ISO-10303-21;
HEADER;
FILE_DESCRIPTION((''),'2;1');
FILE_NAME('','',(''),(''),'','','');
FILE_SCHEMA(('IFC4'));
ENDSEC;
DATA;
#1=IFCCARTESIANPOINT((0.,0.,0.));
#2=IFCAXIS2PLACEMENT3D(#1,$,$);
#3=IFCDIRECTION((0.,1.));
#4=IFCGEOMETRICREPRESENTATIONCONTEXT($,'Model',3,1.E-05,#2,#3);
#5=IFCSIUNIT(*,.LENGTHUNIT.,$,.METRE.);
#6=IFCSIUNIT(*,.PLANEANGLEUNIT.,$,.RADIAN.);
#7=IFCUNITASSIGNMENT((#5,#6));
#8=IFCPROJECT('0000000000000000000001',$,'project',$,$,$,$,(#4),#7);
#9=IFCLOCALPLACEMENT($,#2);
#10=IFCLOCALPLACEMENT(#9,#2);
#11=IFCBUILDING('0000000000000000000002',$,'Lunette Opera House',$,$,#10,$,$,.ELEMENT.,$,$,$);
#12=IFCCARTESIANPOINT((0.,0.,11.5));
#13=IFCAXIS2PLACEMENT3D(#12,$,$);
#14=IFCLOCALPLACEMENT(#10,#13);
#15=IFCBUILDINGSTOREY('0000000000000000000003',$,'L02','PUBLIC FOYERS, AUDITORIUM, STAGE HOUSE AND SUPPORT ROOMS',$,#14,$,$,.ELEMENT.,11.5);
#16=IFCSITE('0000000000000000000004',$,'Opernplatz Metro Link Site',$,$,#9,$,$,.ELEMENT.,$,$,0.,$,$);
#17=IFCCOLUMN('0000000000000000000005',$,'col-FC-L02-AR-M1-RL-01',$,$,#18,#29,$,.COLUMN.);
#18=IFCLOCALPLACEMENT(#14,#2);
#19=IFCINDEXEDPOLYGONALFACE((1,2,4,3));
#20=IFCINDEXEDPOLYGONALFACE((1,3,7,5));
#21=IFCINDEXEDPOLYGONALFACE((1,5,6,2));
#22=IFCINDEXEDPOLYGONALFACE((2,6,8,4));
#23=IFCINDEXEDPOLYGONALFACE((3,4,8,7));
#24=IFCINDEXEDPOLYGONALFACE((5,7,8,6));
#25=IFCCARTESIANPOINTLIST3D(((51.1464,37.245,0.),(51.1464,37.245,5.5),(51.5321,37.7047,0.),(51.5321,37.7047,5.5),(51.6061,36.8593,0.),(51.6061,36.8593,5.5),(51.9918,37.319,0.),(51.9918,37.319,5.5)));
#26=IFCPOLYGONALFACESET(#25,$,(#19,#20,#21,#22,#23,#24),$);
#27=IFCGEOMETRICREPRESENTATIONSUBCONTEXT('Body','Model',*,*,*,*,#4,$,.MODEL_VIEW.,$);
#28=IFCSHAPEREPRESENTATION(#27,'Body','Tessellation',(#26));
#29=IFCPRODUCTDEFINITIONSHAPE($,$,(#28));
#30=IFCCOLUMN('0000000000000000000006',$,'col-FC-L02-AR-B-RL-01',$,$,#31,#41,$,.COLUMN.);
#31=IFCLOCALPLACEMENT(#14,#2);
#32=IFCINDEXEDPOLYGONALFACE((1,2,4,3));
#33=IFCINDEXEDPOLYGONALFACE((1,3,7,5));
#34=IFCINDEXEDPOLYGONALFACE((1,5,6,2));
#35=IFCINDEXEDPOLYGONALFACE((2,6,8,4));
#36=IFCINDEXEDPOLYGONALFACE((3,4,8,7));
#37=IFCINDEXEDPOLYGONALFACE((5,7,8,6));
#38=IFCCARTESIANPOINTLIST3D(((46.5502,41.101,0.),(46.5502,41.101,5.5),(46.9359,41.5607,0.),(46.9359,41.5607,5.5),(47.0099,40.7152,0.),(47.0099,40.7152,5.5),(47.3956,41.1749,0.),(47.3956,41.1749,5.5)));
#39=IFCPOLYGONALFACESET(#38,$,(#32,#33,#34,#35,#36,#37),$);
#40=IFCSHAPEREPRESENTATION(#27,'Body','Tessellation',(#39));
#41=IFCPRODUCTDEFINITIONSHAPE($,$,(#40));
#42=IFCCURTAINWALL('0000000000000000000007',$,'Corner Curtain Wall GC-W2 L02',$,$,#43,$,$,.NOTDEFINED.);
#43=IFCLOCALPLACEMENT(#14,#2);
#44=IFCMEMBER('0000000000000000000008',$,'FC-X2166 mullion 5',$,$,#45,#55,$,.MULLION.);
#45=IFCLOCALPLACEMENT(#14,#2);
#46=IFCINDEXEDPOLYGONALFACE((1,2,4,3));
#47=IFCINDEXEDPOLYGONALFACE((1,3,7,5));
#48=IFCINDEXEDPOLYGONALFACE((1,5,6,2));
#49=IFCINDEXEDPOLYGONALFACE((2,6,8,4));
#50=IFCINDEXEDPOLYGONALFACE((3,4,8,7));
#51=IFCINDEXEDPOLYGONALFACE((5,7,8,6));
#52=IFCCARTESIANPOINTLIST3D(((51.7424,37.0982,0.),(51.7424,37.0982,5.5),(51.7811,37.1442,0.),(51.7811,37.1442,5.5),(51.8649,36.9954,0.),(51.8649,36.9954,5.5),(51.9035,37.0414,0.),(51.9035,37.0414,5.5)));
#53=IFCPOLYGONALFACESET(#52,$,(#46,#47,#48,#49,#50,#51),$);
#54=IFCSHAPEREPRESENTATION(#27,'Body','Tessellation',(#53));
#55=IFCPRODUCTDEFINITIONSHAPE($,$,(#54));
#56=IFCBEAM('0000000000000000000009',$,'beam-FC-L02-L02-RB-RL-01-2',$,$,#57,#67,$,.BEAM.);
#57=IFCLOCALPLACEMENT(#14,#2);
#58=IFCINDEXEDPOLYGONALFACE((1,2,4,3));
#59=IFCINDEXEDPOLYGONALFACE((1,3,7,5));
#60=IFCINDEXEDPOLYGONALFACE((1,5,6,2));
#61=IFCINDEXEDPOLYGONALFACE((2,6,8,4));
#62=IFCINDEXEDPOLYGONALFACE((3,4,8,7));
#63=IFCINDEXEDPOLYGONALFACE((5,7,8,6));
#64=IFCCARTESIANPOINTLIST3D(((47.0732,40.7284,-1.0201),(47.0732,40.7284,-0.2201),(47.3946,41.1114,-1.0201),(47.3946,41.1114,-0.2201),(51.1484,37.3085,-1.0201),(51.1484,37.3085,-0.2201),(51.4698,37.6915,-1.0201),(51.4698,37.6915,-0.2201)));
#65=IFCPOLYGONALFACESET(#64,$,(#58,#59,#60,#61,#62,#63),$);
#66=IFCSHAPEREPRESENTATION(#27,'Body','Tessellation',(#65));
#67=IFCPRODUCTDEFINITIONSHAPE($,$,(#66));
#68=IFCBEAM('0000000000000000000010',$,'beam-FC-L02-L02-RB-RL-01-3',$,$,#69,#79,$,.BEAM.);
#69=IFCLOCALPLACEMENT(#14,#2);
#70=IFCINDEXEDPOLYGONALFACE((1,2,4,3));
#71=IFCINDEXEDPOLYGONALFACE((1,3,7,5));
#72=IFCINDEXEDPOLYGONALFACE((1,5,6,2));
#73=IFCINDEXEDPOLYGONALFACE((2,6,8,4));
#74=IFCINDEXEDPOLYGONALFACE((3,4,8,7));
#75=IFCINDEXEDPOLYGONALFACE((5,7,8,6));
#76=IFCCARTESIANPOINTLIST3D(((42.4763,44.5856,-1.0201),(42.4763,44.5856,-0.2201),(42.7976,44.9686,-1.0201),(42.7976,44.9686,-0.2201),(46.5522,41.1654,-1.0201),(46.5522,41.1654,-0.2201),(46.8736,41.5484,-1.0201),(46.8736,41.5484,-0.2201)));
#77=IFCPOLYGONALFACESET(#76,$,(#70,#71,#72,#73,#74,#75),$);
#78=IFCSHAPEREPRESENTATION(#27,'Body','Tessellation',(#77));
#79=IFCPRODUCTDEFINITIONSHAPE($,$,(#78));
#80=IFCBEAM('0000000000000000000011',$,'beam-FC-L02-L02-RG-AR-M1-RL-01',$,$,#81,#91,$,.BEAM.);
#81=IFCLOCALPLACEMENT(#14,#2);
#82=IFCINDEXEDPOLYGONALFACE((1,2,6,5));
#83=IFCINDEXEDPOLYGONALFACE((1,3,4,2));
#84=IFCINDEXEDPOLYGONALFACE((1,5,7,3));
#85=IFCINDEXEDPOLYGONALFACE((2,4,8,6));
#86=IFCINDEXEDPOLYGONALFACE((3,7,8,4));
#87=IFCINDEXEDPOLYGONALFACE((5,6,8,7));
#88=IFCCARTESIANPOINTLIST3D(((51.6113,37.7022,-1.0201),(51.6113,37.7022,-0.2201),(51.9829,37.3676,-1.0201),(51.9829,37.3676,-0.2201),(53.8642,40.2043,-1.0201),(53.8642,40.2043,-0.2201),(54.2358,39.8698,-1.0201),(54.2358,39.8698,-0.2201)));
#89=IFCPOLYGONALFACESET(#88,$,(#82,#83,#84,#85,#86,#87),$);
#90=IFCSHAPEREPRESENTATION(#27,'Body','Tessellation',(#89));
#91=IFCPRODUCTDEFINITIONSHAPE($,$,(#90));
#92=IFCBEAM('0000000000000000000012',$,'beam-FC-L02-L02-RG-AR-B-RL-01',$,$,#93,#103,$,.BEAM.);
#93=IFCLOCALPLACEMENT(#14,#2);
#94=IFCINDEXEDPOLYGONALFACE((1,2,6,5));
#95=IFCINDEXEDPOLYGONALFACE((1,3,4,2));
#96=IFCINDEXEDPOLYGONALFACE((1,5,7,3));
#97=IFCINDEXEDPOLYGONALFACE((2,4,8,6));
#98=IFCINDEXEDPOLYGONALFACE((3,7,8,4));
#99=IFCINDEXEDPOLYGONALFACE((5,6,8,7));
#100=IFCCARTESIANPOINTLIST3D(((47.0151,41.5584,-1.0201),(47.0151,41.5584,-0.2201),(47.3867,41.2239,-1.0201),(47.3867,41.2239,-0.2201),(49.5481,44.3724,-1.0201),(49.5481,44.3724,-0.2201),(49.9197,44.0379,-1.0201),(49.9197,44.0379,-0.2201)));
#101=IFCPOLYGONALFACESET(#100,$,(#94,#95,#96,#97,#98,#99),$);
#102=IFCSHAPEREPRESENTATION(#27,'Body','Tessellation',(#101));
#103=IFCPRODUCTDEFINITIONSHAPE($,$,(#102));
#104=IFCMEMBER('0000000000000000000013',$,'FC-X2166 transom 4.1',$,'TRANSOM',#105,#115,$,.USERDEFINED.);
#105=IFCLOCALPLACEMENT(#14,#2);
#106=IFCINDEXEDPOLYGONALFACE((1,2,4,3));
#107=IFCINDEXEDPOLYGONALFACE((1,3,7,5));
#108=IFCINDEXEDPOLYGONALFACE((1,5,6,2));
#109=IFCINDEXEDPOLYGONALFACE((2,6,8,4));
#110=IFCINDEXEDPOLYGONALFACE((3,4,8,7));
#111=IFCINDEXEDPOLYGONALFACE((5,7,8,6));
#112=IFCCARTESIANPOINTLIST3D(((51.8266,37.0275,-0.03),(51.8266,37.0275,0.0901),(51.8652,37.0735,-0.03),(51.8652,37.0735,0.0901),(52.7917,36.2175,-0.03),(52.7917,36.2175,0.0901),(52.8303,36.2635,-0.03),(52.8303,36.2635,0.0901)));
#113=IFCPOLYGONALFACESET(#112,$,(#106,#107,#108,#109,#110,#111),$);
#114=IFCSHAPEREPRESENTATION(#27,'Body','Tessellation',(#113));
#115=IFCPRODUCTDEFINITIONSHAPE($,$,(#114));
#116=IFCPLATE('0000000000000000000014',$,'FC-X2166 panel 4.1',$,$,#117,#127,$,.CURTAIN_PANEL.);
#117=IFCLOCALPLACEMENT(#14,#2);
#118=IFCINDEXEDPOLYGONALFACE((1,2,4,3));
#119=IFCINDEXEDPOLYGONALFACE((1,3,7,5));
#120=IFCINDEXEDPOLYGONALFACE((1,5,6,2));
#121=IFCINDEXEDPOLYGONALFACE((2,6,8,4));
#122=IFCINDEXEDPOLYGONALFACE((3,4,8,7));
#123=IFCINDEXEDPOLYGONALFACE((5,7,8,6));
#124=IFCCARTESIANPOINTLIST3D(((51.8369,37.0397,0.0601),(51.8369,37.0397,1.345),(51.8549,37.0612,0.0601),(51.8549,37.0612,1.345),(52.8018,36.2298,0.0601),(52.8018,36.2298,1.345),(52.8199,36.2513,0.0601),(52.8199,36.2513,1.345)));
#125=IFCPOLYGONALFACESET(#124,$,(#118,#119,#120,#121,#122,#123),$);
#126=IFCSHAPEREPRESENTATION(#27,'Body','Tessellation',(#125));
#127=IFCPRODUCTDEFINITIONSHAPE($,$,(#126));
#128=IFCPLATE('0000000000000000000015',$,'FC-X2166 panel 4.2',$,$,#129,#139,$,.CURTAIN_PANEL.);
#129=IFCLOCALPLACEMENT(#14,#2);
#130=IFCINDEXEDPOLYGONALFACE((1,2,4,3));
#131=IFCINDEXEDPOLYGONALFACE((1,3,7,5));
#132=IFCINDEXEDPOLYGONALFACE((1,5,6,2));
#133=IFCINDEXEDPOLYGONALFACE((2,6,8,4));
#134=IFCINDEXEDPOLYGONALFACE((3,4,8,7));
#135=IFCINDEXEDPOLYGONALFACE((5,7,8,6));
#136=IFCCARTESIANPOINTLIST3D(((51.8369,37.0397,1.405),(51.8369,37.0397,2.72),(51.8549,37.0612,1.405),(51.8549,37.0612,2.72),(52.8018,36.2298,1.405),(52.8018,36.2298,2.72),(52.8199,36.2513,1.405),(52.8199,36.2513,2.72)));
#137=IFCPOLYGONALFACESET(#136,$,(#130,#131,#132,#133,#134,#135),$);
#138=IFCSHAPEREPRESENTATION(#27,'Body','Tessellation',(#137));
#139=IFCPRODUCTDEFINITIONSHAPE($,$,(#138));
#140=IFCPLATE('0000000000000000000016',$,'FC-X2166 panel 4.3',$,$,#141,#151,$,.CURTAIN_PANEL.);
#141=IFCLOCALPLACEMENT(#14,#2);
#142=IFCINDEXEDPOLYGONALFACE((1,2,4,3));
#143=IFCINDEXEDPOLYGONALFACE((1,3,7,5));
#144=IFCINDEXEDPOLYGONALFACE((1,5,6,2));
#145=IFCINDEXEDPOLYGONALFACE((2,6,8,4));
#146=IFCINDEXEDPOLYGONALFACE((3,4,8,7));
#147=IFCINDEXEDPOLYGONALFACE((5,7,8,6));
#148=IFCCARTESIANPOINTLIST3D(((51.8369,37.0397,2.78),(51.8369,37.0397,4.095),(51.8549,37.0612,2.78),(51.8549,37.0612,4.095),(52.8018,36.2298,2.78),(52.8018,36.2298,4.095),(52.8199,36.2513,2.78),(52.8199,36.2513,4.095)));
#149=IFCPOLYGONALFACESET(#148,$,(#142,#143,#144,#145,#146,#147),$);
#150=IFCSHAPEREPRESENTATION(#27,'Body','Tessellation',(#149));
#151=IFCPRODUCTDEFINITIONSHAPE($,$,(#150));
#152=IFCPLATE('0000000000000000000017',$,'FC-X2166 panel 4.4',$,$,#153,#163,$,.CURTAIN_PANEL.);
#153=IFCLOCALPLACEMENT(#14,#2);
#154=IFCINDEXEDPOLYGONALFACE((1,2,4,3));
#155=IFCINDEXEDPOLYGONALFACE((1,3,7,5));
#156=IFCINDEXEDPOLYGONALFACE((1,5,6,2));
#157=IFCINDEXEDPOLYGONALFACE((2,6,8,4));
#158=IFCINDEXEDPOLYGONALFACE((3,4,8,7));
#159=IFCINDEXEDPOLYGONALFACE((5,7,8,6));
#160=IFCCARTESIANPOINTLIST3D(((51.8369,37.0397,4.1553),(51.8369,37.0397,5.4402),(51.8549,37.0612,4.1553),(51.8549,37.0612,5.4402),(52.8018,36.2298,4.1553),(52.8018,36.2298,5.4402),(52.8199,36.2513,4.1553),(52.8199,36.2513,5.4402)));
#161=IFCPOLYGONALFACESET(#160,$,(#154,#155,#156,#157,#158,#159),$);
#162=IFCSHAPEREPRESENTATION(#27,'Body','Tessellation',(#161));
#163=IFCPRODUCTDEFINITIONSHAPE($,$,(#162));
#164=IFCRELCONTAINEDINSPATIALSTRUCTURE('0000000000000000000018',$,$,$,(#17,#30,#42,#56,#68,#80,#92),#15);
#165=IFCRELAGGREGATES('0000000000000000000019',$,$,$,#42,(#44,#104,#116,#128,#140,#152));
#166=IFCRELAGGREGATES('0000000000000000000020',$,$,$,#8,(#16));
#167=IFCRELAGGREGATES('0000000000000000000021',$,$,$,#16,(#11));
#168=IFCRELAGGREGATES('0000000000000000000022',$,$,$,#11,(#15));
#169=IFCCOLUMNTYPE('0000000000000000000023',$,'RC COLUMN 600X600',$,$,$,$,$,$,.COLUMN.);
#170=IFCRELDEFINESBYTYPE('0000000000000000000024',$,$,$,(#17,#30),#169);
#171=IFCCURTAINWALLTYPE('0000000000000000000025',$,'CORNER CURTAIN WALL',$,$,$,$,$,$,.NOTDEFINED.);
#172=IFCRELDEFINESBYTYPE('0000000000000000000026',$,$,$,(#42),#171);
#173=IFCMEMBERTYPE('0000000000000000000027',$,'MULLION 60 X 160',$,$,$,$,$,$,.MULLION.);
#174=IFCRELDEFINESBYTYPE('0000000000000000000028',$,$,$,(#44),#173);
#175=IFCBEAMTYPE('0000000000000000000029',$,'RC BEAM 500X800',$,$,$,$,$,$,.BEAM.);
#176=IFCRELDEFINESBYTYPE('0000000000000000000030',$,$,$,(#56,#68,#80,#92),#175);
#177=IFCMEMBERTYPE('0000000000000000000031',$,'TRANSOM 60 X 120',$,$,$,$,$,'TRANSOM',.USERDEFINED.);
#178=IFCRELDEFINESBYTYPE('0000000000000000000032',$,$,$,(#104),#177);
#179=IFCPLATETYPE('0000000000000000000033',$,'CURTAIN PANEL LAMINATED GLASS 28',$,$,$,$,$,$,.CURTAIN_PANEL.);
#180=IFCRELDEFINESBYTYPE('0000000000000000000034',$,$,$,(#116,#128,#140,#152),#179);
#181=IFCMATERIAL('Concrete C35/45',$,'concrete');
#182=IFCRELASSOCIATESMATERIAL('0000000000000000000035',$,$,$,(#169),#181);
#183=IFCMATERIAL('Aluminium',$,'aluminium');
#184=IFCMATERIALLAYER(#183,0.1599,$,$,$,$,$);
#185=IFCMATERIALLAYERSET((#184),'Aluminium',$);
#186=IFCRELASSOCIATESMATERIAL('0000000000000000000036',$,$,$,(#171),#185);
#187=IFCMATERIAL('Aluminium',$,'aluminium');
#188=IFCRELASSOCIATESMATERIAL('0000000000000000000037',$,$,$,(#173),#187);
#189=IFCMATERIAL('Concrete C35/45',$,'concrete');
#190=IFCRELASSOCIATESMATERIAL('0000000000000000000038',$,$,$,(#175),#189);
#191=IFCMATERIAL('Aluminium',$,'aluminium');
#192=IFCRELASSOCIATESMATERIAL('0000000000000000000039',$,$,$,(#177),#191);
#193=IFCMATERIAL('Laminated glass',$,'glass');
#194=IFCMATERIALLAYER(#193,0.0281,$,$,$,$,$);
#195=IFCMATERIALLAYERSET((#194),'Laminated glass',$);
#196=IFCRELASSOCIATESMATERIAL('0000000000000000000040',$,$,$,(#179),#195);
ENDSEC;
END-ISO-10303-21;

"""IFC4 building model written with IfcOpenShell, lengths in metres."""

from ifc_helpers import new_model, si_unit, direction, frame, origin, origin_2d, place, context, subcontext, project, spatial, rectangle, extrude, material, layer, layer_set, material_profile, profile_set, type_object, element, aggregate, save


model = new_model("IFC4")

# Units and contexts
model_context = context("Model", 3, precision=1e-05, world=origin(), true_north=direction((0.0, 1.0)))
body_context = subcontext(model_context, "Body", "Model", "MODEL_VIEW")
ifc_project = project(units=[si_unit("LENGTHUNIT", "METRE"), si_unit("PLANEANGLEUNIT", "RADIAN")], contexts=[model_context])

# Site, building, storey
site_placement = place(None, origin())
site = spatial("IfcSite", under=ifc_project, at=site_placement, Name="Opernplatz Metro Link Site", CompositionType="ELEMENT", RefElevation=0.0)
building_placement = place(site_placement, origin())
building = spatial("IfcBuilding", under=site, at=building_placement, Name="Lunette Opera House", CompositionType="ELEMENT")
storey_placement = place(building_placement, frame((0.0, 0.0, 11.5)))
storey = spatial("IfcBuildingStorey", under=building, at=storey_placement, Name="L02", Description="PUBLIC FOYERS, AUDITORIUM, STAGE HOUSE AND SUPPORT ROOMS", CompositionType="ELEMENT", Elevation=11.5)

# Columns
ifc_material_1 = material(Name="Concrete C35/45", Category="concrete")
ifc_material_profile_1 = material_profile(ifc_material_1, rectangle(XDim=0.6001, YDim=0.6001, at=origin_2d()), Name="RC COLUMN 600X600")
ifc_profile_set_1 = profile_set([ifc_material_profile_1], Name="Concrete C35/45")
column_type = type_object("IfcColumnType", Name="RC COLUMN 600X600", PredefinedType="COLUMN", material=ifc_profile_set_1)
for number, where, z_axis, x_axis, name in (
    (1, (51.5691, 37.282, 0.0), (0.0, 0.0, 1.0), (0.642788, 0.766044, 0.0), "col-FC-L02-AR-M1-RL-01"),
    (2, (46.9729, 41.1379, 0.0), (0.0, 0.0, 1.0), (0.642788, 0.766044, 0.0), "col-FC-L02-AR-B-RL-01"),
):
    element("IfcColumn", number, at=place(storey_placement, frame(where, z_axis=z_axis, x_axis=x_axis)), inside=storey, type_object=column_type, Name=name, PredefinedType="COLUMN", context=body_context, shape_type="SweptSolid", body=[
        extrude(rectangle(XDim=0.6001, YDim=0.6001, at=origin_2d()), origin(), (0.0, 0.0, 1.0), 5.5),
    ])

# Curtain wall, member
ifc_material_2 = material(Name="Aluminium", Category="aluminium")
ifc_layer_1 = layer(ifc_material_2, 0.1599)
ifc_layer_set_1 = layer_set([ifc_layer_1], Name="Aluminium")
curtain_wall_type = type_object("IfcCurtainWallType", Name="CORNER CURTAIN WALL", PredefinedType="NOTDEFINED", material=ifc_layer_set_1)
curtain_wall_placement = place(storey_placement, origin())
curtain_wall = element("IfcCurtainWall", 3, at=curtain_wall_placement, inside=storey, type_object=curtain_wall_type, Name="Corner Curtain Wall GC-W2 L02", PredefinedType="NOTDEFINED")
ifc_material_3 = material(Name="Aluminium", Category="aluminium")
ifc_material_profile_2 = material_profile(ifc_material_3, rectangle(XDim=0.0601, YDim=0.1599, at=origin_2d()), Name="MULLION 60 X 160")
ifc_profile_set_2 = profile_set([ifc_material_profile_2], Name="Aluminium")
member_type_1 = type_object("IfcMemberType", Name="MULLION 60 X 160", PredefinedType="MULLION", material=ifc_profile_set_2)
member_1_placement = place(storey_placement, frame((51.823, 37.0698, 0.0), z_axis=(0.0, 0.0, 1.0), x_axis=(-0.64284, -0.766, 0.0)))
member_1 = element("IfcMember", 4, at=member_1_placement, type_object=member_type_1, Name="FC-X2166 mullion 5", PredefinedType="MULLION", context=body_context, shape_type="SweptSolid", body=[
    extrude(rectangle(XDim=0.0601, YDim=0.1599, at=origin_2d()), origin(), (0.0, 0.0, 1.0), 5.5),
])

# Beams
ifc_material_4 = material(Name="Concrete C35/45", Category="concrete")
ifc_material_profile_3 = material_profile(ifc_material_4, rectangle(XDim=0.5, YDim=0.8, at=origin_2d()), Name="RC BEAM 500X800")
ifc_profile_set_3 = profile_set([ifc_material_profile_3], Name="Concrete C35/45")
beam_type = type_object("IfcBeamType", Name="RC BEAM 500X800", PredefinedType="BEAM", material=ifc_profile_set_3)
beam_1_placement = place(storey_placement, frame((51.3091, 37.5, -0.6201), z_axis=(-0.766005, 0.642835, 0.0), x_axis=(-0.642835, -0.766005, 0.0)))
element("IfcBeam", 5, at=beam_1_placement, inside=storey, type_object=beam_type, Name="beam-FC-L02-L02-RB-RL-01-2", PredefinedType="BEAM", context=body_context, shape_type="SweptSolid", body=[
    extrude(rectangle(XDim=0.5, YDim=0.8, at=origin_2d()), origin(), (0.0, 0.0, 1.0), 5.3201),
])
beam_2_placement = place(storey_placement, frame((46.7129, 41.3569, -0.6201), z_axis=(-0.766039, 0.642794, 0.0), x_axis=(-0.642794, -0.766039, 0.0)))
element("IfcBeam", 6, at=beam_2_placement, inside=storey, type_object=beam_type, Name="beam-FC-L02-L02-RB-RL-01-3", PredefinedType="BEAM", context=body_context, shape_type="SweptSolid", body=[
    extrude(rectangle(XDim=0.5, YDim=0.8, at=origin_2d()), origin(), (0.0, 0.0, 1.0), 5.3208),
])
beam_3_placement = place(storey_placement, frame((51.7971, 37.5349, -0.6201), z_axis=(0.669121, 0.743154, 0.0), x_axis=(-0.743154, 0.669121, 0.0)))
element("IfcBeam", 7, at=beam_3_placement, inside=storey, type_object=beam_type, Name="beam-FC-L02-L02-RG-AR-M1-RL-01", PredefinedType="BEAM", context=body_context, shape_type="SweptSolid", body=[
    extrude(rectangle(XDim=0.5, YDim=0.8, at=origin_2d()), origin(), (0.0, 0.0, 1.0), 3.3669),
])
beam_4_placement = place(storey_placement, frame((47.2009, 41.3911, -0.6201), z_axis=(0.669022, 0.743243, 0.0), x_axis=(-0.743243, 0.669022, 0.0)))
element("IfcBeam", 8, at=beam_4_placement, inside=storey, type_object=beam_type, Name="beam-FC-L02-L02-RG-AR-B-RL-01", PredefinedType="BEAM", context=body_context, shape_type="SweptSolid", body=[
    extrude(rectangle(XDim=0.5, YDim=0.8, at=origin_2d()), origin(), (0.0, 0.0, 1.0), 3.7861),
])

# Member
ifc_material_5 = material(Name="Aluminium", Category="aluminium")
ifc_material_profile_4 = material_profile(ifc_material_5, rectangle(XDim=0.0601, YDim=0.1201, at=origin_2d()), Name="TRANSOM 60 X 120")
ifc_profile_set_4 = profile_set([ifc_material_profile_4], Name="Aluminium")
member_type_2 = type_object("IfcMemberType", Name="TRANSOM 60 X 120", ElementType="TRANSOM", PredefinedType="USERDEFINED", material=ifc_profile_set_4)
member_2_placement = place(storey_placement, frame((52.811, 36.2405, 0.03), z_axis=(-0.765945, 0.642906, 0.0), x_axis=(-0.642906, -0.765945, 0.0)))
member_2 = element("IfcMember", 9, at=member_2_placement, type_object=member_type_2, Name="FC-X2166 transom 4.1", ObjectType="TRANSOM", PredefinedType="USERDEFINED", context=body_context, shape_type="SweptSolid", body=[
    extrude(rectangle(XDim=0.0601, YDim=0.1201, at=origin_2d()), origin(), (0.0, 0.0, 1.0), 1.26),
])

# Plates
ifc_material_6 = material(Name="Laminated glass", Category="glass")
ifc_layer_2 = layer(ifc_material_6, 0.0281)
ifc_layer_set_2 = layer_set([ifc_layer_2], Name="Laminated glass")
plate_type = type_object("IfcPlateType", Name="CURTAIN PANEL LAMINATED GLASS 28", PredefinedType="CURTAIN_PANEL", material=ifc_layer_set_2)
plate_1_placement = place(storey_placement, frame((52.3284, 36.6455, 0.0601), z_axis=(0.0, 0.0, 1.0), x_axis=(-0.766, 0.64284, 0.0)))
plate_1 = element("IfcPlate", 10, at=plate_1_placement, type_object=plate_type, Name="FC-X2166 panel 4.1", PredefinedType="CURTAIN_PANEL", context=body_context, shape_type="SweptSolid", body=[
    extrude(rectangle(XDim=1.2598, YDim=0.0281, at=origin_2d()), origin(), (0.0, 0.0, 1.0), 1.2849),
])
plate_2_placement = place(storey_placement, frame((52.3284, 36.6455, 1.405), z_axis=(0.0, 0.0, 1.0), x_axis=(-0.766, 0.64284, 0.0)))
plate_2 = element("IfcPlate", 11, at=plate_2_placement, type_object=plate_type, Name="FC-X2166 panel 4.2", PredefinedType="CURTAIN_PANEL", context=body_context, shape_type="SweptSolid", body=[
    extrude(rectangle(XDim=1.2598, YDim=0.0281, at=origin_2d()), origin(), (0.0, 0.0, 1.0), 1.3149),
])
plate_3_placement = place(storey_placement, frame((52.3284, 36.6455, 2.78), z_axis=(0.0, 0.0, 1.0), x_axis=(-0.766, 0.64284, 0.0)))
plate_3 = element("IfcPlate", 12, at=plate_3_placement, type_object=plate_type, Name="FC-X2166 panel 4.3", PredefinedType="CURTAIN_PANEL", context=body_context, shape_type="SweptSolid", body=[
    extrude(rectangle(XDim=1.2598, YDim=0.0281, at=origin_2d()), origin(), (0.0, 0.0, 1.0), 1.3149),
])
plate_4_placement = place(storey_placement, frame((52.3284, 36.6455, 4.1553), z_axis=(0.0, 0.0, 1.0), x_axis=(-0.766, 0.64284, 0.0)))
plate_4 = element("IfcPlate", 13, at=plate_4_placement, type_object=plate_type, Name="FC-X2166 panel 4.4", PredefinedType="CURTAIN_PANEL", context=body_context, shape_type="SweptSolid", body=[
    extrude(rectangle(XDim=1.2598, YDim=0.0281, at=origin_2d()), origin(), (0.0, 0.0, 1.0), 1.2849),
])
aggregate(curtain_wall, [member_1, member_2, plate_1, plate_2, plate_3, plate_4])

save(model, "model.ifc")
